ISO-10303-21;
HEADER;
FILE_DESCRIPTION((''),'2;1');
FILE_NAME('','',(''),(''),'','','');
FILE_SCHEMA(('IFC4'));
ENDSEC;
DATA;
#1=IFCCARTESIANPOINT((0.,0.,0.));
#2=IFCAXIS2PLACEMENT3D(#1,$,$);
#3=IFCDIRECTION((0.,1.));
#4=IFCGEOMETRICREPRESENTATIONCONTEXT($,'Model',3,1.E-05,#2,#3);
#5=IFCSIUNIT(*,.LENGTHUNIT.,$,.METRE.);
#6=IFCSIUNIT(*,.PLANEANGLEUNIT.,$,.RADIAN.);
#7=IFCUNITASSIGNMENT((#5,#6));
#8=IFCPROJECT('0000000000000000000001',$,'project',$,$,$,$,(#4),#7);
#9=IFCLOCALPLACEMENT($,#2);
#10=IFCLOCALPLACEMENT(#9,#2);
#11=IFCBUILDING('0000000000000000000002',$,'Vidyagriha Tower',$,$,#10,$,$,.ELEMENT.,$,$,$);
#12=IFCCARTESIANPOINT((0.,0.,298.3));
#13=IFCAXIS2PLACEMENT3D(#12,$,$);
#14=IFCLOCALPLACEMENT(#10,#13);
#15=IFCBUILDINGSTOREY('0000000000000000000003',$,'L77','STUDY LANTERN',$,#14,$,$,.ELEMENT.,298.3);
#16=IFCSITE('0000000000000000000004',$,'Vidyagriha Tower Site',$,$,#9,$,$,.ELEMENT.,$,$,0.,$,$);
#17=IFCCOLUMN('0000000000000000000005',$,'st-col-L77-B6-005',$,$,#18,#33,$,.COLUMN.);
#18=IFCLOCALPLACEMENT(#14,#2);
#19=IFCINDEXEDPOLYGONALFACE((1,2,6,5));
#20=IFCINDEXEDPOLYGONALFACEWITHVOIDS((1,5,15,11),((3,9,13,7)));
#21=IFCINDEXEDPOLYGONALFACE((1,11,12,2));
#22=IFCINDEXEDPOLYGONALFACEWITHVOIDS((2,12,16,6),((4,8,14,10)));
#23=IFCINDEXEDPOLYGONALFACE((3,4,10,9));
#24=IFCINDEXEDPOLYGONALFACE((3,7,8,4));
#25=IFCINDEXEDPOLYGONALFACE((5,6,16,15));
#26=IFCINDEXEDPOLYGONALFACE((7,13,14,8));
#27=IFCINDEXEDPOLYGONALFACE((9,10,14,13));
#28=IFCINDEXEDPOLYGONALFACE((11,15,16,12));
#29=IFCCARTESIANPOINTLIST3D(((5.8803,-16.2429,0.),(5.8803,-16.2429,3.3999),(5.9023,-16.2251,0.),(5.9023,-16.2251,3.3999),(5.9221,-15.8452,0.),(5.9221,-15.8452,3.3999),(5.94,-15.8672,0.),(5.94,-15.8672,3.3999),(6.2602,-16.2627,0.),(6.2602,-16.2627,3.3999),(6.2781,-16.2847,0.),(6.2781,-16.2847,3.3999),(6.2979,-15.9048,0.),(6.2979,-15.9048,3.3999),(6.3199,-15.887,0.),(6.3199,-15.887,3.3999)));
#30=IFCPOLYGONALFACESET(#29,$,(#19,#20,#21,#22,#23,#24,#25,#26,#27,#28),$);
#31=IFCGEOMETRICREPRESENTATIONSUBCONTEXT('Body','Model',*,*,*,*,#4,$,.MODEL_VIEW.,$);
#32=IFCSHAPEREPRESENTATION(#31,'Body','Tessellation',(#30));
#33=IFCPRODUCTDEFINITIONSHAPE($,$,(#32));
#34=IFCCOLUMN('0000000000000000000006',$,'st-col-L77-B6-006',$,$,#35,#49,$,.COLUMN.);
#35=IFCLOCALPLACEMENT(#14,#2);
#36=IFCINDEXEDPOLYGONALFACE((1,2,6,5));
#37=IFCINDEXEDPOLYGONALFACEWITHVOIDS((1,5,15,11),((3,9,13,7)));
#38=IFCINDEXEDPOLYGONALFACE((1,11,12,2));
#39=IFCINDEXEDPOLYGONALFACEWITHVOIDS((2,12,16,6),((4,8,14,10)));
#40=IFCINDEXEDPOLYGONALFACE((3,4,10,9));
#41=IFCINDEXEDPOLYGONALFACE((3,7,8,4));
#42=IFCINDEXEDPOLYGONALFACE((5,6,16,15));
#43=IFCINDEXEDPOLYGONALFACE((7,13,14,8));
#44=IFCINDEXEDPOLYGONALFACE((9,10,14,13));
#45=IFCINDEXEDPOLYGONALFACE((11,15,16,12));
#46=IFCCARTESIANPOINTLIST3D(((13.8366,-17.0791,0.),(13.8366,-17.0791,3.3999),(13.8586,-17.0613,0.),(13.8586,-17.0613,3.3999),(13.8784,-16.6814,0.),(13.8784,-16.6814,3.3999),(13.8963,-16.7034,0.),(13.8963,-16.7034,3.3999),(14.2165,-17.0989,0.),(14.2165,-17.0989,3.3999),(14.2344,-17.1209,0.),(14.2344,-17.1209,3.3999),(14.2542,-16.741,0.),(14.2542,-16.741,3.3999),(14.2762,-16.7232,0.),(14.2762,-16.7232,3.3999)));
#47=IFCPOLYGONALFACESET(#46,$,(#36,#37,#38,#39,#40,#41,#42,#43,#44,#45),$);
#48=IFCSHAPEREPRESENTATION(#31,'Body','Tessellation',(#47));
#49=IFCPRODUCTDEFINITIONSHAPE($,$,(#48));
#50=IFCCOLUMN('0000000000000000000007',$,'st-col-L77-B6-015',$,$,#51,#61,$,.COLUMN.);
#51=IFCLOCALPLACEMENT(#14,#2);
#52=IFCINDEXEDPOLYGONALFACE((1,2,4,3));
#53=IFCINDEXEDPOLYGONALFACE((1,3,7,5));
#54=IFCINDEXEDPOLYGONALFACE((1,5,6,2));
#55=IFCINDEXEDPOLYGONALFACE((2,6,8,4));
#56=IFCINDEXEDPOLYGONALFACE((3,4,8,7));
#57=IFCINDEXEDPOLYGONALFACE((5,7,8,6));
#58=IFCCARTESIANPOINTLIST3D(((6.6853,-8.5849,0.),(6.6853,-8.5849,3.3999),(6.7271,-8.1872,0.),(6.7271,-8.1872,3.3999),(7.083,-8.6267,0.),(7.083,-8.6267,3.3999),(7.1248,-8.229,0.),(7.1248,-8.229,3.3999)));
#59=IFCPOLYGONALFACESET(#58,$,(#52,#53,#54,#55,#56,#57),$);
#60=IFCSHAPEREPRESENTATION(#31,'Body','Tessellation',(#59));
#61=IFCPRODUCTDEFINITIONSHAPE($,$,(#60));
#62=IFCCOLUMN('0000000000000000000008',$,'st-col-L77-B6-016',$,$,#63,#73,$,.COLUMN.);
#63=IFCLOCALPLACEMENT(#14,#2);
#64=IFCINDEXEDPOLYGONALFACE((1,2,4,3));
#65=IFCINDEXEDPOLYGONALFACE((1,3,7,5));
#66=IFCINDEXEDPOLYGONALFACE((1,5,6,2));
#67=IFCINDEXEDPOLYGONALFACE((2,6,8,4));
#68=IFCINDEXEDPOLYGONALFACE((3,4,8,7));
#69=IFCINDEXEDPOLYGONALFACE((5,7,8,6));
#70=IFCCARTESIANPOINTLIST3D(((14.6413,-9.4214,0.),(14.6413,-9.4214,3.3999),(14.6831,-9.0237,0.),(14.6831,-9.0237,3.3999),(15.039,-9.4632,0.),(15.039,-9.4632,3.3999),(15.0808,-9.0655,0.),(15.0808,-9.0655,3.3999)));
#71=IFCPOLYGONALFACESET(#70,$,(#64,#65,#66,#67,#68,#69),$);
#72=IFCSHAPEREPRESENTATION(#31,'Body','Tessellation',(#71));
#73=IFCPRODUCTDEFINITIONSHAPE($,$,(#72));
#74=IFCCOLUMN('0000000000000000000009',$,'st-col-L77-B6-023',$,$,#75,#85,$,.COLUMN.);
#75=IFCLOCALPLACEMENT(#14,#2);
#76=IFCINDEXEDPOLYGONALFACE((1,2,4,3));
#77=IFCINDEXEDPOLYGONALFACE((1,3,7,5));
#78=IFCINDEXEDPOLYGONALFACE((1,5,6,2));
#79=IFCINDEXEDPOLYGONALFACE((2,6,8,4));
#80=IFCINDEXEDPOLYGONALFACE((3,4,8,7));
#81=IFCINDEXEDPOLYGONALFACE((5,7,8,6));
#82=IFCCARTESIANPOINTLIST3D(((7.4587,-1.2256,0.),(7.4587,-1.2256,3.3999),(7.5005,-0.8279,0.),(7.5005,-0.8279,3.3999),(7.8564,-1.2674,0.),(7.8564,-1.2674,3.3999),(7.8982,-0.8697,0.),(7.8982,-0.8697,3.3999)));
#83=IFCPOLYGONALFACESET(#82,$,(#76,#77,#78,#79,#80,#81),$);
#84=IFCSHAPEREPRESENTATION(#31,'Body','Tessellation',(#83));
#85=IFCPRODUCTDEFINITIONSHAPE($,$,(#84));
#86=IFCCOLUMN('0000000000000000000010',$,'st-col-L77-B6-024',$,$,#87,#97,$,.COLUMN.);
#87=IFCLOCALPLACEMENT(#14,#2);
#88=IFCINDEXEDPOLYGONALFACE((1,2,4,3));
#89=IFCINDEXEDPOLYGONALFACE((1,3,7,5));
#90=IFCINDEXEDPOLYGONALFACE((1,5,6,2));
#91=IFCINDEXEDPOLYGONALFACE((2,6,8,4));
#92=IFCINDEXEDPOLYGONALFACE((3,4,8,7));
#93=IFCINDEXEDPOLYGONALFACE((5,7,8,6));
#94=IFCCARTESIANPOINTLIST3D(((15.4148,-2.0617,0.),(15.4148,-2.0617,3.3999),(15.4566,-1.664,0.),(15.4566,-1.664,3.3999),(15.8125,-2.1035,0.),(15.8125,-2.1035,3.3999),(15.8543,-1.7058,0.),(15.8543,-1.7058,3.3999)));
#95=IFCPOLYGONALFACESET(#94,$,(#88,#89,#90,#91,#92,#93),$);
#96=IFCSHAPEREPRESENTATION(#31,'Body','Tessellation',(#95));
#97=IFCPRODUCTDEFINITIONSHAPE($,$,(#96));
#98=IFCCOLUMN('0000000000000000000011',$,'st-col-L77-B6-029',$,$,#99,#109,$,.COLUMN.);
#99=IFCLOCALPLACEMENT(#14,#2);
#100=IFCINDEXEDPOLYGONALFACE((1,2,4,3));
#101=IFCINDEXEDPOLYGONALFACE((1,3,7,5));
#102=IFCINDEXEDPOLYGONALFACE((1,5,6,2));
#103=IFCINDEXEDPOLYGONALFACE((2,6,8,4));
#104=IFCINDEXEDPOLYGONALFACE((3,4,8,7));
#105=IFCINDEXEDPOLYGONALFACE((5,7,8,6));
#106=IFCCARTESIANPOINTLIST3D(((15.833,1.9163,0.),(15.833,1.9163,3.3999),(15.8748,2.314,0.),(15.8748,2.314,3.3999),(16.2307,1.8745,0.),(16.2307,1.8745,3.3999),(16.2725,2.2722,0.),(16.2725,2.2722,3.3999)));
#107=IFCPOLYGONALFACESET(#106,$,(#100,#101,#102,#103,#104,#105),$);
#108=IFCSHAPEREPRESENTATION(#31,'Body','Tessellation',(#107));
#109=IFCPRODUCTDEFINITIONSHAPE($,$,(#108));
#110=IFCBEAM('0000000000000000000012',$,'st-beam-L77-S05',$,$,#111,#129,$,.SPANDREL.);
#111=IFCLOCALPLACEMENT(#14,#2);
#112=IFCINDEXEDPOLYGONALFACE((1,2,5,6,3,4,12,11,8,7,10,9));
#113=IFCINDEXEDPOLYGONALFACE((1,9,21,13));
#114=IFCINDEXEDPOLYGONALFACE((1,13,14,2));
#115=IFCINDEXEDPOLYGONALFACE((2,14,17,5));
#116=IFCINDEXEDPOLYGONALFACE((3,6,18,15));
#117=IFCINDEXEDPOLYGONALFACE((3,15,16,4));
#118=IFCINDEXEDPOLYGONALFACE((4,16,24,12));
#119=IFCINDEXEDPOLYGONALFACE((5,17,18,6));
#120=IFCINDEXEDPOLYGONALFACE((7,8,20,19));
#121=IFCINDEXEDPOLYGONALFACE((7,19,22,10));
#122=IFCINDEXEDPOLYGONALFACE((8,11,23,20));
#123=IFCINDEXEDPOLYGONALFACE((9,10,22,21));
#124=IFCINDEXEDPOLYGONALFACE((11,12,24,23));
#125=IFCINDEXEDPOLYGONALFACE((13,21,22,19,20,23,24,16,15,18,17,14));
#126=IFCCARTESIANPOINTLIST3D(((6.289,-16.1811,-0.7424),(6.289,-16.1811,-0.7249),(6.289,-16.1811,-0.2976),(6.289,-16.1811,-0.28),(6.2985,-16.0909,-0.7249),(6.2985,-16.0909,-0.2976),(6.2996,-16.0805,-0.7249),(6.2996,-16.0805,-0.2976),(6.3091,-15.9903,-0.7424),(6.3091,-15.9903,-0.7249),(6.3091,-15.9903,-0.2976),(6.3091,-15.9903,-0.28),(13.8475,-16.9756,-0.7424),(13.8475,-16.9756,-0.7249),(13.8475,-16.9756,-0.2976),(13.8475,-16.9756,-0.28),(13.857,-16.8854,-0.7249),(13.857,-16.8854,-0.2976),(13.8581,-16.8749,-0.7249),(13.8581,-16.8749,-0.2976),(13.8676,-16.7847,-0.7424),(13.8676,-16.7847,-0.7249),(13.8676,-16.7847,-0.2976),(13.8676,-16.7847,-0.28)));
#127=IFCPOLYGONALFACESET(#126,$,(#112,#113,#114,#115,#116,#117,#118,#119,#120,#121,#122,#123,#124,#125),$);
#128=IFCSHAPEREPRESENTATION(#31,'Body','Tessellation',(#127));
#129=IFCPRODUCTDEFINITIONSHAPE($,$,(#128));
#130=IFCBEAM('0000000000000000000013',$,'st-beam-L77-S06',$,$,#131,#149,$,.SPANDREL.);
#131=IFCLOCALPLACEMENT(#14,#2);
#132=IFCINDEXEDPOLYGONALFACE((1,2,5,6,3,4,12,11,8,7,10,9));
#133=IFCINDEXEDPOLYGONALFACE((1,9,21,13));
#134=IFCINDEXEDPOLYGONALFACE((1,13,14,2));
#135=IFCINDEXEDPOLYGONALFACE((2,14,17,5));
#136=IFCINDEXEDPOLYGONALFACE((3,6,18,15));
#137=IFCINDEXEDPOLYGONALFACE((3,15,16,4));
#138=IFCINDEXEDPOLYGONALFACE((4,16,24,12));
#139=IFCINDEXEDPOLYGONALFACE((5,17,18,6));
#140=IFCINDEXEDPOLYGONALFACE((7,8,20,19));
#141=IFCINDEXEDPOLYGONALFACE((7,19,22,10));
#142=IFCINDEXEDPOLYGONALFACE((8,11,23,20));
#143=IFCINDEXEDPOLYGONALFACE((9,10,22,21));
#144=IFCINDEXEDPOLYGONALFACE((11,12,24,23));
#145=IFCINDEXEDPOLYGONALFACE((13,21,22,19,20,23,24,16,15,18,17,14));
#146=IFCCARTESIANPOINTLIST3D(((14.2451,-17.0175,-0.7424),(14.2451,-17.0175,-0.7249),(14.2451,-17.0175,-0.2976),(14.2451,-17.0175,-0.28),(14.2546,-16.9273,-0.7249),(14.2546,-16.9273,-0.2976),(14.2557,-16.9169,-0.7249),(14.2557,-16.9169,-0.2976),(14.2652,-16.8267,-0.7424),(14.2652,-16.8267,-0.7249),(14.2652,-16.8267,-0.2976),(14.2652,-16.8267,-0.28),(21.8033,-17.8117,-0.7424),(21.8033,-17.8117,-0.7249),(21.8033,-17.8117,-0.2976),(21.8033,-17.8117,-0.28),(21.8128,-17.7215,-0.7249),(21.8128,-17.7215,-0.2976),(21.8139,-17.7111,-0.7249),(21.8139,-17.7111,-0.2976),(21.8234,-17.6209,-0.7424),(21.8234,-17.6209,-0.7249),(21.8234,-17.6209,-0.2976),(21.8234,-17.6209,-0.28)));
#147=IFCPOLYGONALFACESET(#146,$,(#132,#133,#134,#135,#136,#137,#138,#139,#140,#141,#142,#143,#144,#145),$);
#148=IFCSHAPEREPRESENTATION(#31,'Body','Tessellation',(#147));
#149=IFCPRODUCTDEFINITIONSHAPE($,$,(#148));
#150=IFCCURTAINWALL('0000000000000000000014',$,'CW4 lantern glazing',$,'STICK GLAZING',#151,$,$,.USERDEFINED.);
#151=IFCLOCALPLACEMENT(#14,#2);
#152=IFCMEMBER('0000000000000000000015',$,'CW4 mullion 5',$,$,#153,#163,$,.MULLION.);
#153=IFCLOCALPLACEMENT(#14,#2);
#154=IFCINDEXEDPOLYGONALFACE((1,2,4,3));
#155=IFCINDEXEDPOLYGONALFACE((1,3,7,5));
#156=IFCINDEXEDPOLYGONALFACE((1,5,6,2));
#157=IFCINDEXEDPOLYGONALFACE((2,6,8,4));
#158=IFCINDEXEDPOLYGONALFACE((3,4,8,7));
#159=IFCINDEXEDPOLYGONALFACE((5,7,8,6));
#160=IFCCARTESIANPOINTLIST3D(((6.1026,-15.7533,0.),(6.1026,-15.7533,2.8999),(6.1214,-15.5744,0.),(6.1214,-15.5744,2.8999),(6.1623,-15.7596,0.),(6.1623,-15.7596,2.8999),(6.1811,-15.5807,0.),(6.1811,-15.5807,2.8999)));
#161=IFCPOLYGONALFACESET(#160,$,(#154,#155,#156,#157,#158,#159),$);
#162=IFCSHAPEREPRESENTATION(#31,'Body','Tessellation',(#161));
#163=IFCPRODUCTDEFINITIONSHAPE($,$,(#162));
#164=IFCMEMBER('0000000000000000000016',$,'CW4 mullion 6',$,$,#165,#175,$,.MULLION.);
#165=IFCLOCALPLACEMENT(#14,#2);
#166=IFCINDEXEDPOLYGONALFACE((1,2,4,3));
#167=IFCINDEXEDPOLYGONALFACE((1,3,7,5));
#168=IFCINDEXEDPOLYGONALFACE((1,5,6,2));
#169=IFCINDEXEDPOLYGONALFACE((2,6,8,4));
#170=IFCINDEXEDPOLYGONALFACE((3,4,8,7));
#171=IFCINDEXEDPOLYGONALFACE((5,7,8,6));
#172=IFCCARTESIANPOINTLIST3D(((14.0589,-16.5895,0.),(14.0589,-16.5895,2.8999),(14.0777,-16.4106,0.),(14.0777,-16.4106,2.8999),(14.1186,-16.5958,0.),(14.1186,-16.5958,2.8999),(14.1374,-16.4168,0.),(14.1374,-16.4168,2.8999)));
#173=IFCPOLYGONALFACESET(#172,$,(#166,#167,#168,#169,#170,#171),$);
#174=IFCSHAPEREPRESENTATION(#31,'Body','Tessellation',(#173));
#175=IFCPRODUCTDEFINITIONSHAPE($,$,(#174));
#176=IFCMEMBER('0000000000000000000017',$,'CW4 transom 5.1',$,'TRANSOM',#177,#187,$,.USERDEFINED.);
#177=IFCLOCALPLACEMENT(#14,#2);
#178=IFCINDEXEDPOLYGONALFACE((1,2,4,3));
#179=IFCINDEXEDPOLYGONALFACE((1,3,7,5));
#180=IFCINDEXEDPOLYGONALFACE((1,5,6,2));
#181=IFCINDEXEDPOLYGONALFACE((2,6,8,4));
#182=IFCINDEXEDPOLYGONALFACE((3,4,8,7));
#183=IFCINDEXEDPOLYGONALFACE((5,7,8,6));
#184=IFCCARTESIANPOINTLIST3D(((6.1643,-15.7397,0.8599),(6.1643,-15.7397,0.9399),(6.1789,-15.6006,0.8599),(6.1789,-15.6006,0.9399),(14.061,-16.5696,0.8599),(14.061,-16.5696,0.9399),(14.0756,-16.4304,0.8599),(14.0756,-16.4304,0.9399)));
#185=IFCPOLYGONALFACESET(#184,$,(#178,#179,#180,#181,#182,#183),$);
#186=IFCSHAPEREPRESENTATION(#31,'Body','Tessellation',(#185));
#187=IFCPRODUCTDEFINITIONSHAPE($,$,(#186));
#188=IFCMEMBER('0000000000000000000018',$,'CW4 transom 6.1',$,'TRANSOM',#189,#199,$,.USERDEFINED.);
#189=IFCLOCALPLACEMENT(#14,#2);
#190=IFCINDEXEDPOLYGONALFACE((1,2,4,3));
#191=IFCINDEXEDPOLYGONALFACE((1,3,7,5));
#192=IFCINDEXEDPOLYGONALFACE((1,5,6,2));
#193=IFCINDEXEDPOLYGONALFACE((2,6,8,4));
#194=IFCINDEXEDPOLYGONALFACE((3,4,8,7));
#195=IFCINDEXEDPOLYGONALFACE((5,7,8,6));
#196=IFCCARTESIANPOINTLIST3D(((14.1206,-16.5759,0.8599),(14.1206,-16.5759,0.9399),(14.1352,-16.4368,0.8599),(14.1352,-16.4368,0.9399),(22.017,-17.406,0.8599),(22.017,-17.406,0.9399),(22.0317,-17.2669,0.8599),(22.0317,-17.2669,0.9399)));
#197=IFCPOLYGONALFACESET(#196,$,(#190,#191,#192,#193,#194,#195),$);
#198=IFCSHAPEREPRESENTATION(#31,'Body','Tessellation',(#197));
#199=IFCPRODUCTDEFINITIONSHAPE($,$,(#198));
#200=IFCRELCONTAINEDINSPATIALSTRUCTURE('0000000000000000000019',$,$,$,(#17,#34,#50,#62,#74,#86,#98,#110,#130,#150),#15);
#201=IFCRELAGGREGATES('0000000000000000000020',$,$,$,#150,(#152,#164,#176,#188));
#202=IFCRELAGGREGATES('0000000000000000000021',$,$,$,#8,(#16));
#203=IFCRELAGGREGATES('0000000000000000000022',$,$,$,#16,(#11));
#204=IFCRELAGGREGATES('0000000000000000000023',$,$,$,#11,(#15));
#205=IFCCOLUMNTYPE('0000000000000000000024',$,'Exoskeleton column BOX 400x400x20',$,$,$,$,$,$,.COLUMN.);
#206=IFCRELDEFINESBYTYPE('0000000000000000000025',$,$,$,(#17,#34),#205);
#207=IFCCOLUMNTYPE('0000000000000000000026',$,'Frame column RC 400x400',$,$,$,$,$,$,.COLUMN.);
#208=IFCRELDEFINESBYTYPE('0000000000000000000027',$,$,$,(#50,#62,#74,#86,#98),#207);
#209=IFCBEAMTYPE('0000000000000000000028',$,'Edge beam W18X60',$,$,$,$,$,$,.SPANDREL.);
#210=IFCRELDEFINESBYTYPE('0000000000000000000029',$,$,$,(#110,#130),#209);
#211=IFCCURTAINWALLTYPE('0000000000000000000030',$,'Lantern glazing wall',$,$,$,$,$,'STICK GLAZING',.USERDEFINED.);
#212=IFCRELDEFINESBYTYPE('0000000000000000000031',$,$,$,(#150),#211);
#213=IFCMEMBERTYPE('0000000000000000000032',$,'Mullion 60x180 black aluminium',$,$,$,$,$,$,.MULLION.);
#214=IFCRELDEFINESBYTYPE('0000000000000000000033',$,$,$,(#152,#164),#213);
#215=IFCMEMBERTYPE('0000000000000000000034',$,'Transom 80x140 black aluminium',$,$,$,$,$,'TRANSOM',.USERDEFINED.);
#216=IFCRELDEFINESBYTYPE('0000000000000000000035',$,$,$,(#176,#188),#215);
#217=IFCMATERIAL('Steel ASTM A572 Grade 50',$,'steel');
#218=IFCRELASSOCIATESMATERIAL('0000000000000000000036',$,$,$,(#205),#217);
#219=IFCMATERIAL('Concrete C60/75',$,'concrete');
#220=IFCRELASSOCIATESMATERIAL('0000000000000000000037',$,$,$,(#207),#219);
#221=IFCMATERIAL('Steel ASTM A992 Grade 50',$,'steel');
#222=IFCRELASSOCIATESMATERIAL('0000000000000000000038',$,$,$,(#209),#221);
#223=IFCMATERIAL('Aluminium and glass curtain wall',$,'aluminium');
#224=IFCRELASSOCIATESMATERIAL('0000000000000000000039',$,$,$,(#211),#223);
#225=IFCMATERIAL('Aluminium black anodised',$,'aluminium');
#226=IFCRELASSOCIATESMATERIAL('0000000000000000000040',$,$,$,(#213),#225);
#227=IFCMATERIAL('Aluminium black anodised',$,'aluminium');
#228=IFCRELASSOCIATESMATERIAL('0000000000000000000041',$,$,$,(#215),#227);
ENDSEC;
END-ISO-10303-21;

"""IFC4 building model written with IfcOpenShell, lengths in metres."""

from ifc_helpers import new_model, si_unit, direction, frame, origin, origin_2d, place, context, subcontext, project, spatial, rectangle, hollow_rectangle, i_section, extrude, material, material_profile, profile_set, type_object, element, aggregate, save


model = new_model("IFC4")

# Units and contexts
model_context = context("Model", 3, precision=1e-05, world=origin(), true_north=direction((0.0, 1.0)))
body_context = subcontext(model_context, "Body", "Model", "MODEL_VIEW")
ifc_project = project(units=[si_unit("LENGTHUNIT", "METRE"), si_unit("PLANEANGLEUNIT", "RADIAN")], contexts=[model_context])

# Site, building, storey
site_placement = place(None, origin())
site = spatial("IfcSite", under=ifc_project, at=site_placement, Name="Vidyagriha Tower Site", CompositionType="ELEMENT", RefElevation=0.0)
building_placement = place(site_placement, origin())
building = spatial("IfcBuilding", under=site, at=building_placement, Name="Vidyagriha Tower", CompositionType="ELEMENT")
storey_placement = place(building_placement, frame((0.0, 0.0, 298.3)))
storey = spatial("IfcBuildingStorey", under=building, at=storey_placement, Name="L77", Description="STUDY LANTERN", CompositionType="ELEMENT", Elevation=298.3)

# Columns
ifc_material_1 = material(Name="Steel ASTM A572 Grade 50", Category="steel")
ifc_material_profile_1 = material_profile(ifc_material_1, hollow_rectangle(XDim=0.3999, YDim=0.3999, WallThickness=0.02, at=origin_2d()), Name="BOX 400x400x20")
ifc_profile_set_1 = profile_set([ifc_material_profile_1], Name="Steel ASTM A572 Grade 50")
column_type_1 = type_object("IfcColumnType", Name="Exoskeleton column BOX 400x400x20", PredefinedType="COLUMN", material=ifc_profile_set_1)
for number, where, z_axis, x_axis, name in (
    (1, (6.1001, -16.0649, 0.0), (0.0, 0.0, 1.0), (0.994522, -0.104528, 0.0), "st-col-L77-B6-005"),
    (2, (14.0564, -16.9011, 0.0), (0.0, 0.0, 1.0), (0.994522, -0.104528, 0.0), "st-col-L77-B6-006"),
):
    element("IfcColumn", number, at=place(storey_placement, frame(where, z_axis=z_axis, x_axis=x_axis)), inside=storey, type_object=column_type_1, Name=name, PredefinedType="COLUMN", context=body_context, shape_type="SweptSolid", body=[
        extrude(hollow_rectangle(XDim=0.3999, YDim=0.3999, WallThickness=0.02, at=origin_2d()), origin(), (0.0, 0.0, 1.0), 3.3999),
    ])
ifc_material_2 = material(Name="Concrete C60/75", Category="concrete")
ifc_material_profile_2 = material_profile(ifc_material_2, rectangle(XDim=0.3999, YDim=0.3999, at=origin_2d()), Name="RC 400x400")
ifc_profile_set_2 = profile_set([ifc_material_profile_2], Name="Concrete C60/75")
column_type_2 = type_object("IfcColumnType", Name="Frame column RC 400x400", PredefinedType="COLUMN", material=ifc_profile_set_2)
for number, where, z_axis, x_axis, name in (
    (3, (6.905, -8.407, 0.0), (0.0, 0.0, 1.0), (0.994522, -0.104528, 0.0), "st-col-L77-B6-015"),
    (4, (14.8611, -9.2434, 0.0), (0.0, 0.0, 1.0), (0.994522, -0.104528, 0.0), "st-col-L77-B6-016"),
    (5, (7.6785, -1.0476, 0.0), (0.0, 0.0, 1.0), (0.994522, -0.104528, 0.0), "st-col-L77-B6-023"),
    (6, (15.6345, -1.8838, 0.0), (0.0, 0.0, 1.0), (0.994522, -0.104528, 0.0), "st-col-L77-B6-024"),
    (7, (16.0527, 2.0942, 0.0), (0.0, 0.0, 1.0), (0.994522, -0.104528, 0.0), "st-col-L77-B6-029"),
):
    element("IfcColumn", number, at=place(storey_placement, frame(where, z_axis=z_axis, x_axis=x_axis)), inside=storey, type_object=column_type_2, Name=name, PredefinedType="COLUMN", context=body_context, shape_type="SweptSolid", body=[
        extrude(rectangle(XDim=0.3999, YDim=0.3999, at=origin_2d()), origin(), (0.0, 0.0, 1.0), 3.3999),
    ])

# Beams
ifc_material_3 = material(Name="Steel ASTM A992 Grade 50", Category="steel")
ifc_material_profile_3 = material_profile(ifc_material_3, i_section(OverallWidth=0.1919, OverallDepth=0.4624, WebThickness=0.0105, FlangeThickness=0.0176, at=origin_2d()), Name="W18X60")
ifc_profile_set_3 = profile_set([ifc_material_profile_3], Name="Steel ASTM A992 Grade 50")
beam_type = type_object("IfcBeamType", Name="Edge beam W18X60", PredefinedType="SPANDREL", material=ifc_profile_set_3)
beam_1_placement = place(storey_placement, frame((6.2991, -16.0857, -0.5112), z_axis=(0.994522, -0.104531, 0.0), x_axis=(0.104531, 0.994522, 0.0)))
element("IfcBeam", 8, at=beam_1_placement, inside=storey, type_object=beam_type, Name="st-beam-L77-S05", PredefinedType="SPANDREL", context=body_context, shape_type="SweptSolid", body=[
    extrude(i_section(OverallWidth=0.1919, OverallDepth=0.4624, WebThickness=0.0105, FlangeThickness=0.0176, at=origin_2d()), origin(), (0.0, 0.0, 1.0), 7.6001),
])
beam_2_placement = place(storey_placement, frame((14.2551, -16.9221, -0.5112), z_axis=(0.994525, -0.104499, 0.0), x_axis=(0.104499, 0.994525, 0.0)))
element("IfcBeam", 9, at=beam_2_placement, inside=storey, type_object=beam_type, Name="st-beam-L77-S06", PredefinedType="SPANDREL", context=body_context, shape_type="SweptSolid", body=[
    extrude(i_section(OverallWidth=0.1919, OverallDepth=0.4624, WebThickness=0.0105, FlangeThickness=0.0176, at=origin_2d()), origin(), (0.0, 0.0, 1.0), 7.5999),
])

# Curtain wall, members
ifc_material_4 = material(Name="Aluminium and glass curtain wall", Category="aluminium")
curtain_wall_type = type_object("IfcCurtainWallType", Name="Lantern glazing wall", ElementType="STICK GLAZING", PredefinedType="USERDEFINED", material=ifc_material_4)
curtain_wall_placement = place(storey_placement, origin())
curtain_wall = element("IfcCurtainWall", 10, at=curtain_wall_placement, inside=storey, type_object=curtain_wall_type, Name="CW4 lantern glazing", ObjectType="STICK GLAZING", PredefinedType="USERDEFINED")
ifc_material_5 = material(Name="Aluminium black anodised", Category="aluminium")
ifc_material_profile_4 = material_profile(ifc_material_5, rectangle(XDim=0.1799, YDim=0.0601, at=origin_2d()), Name="Mullion 60x180 black aluminium")
ifc_profile_set_4 = profile_set([ifc_material_profile_4], Name="Aluminium black anodised")
member_type_1 = type_object("IfcMemberType", Name="Mullion 60x180 black aluminium", PredefinedType="MULLION", material=ifc_profile_set_4)
member_1_placement = place(storey_placement, frame((6.1418, -15.667, 0.0), z_axis=(0.0, 0.0, 1.0), x_axis=(0.104528, 0.994522, 0.0)))
member_1 = element("IfcMember", 11, at=member_1_placement, type_object=member_type_1, Name="CW4 mullion 5", PredefinedType="MULLION", context=body_context, shape_type="SweptSolid", body=[
    extrude(rectangle(XDim=0.1799, YDim=0.0601, at=origin_2d()), origin(), (0.0, 0.0, 1.0), 2.8999),
])
member_2_placement = place(storey_placement, frame((14.0981, -16.5032, 0.0), z_axis=(0.0, 0.0, 1.0), x_axis=(0.104528, 0.994522, 0.0)))
member_2 = element("IfcMember", 12, at=member_2_placement, type_object=member_type_1, Name="CW4 mullion 6", PredefinedType="MULLION", context=body_context, shape_type="SweptSolid", body=[
    extrude(rectangle(XDim=0.1799, YDim=0.0601, at=origin_2d()), origin(), (0.0, 0.0, 1.0), 2.8999),
])
ifc_material_6 = material(Name="Aluminium black anodised", Category="aluminium")
ifc_material_profile_5 = material_profile(ifc_material_6, rectangle(XDim=0.1399, YDim=0.0801, at=origin_2d()), Name="Transom 80x140 black aluminium")
ifc_profile_set_5 = profile_set([ifc_material_profile_5], Name="Aluminium black anodised")
member_type_2 = type_object("IfcMemberType", Name="Transom 80x140 black aluminium", ElementType="TRANSOM", PredefinedType="USERDEFINED", material=ifc_profile_set_5)
member_3_placement = place(storey_placement, frame((6.1716, -15.6702, 0.8999), z_axis=(0.994524, -0.10451, 0.0), x_axis=(0.10451, 0.994524, 0.0)))
member_3 = element("IfcMember", 13, at=member_3_placement, type_object=member_type_2, Name="CW4 transom 5.1", ObjectType="TRANSOM", PredefinedType="USERDEFINED", context=body_context, shape_type="SweptSolid", body=[
    extrude(rectangle(XDim=0.1399, YDim=0.0801, at=origin_2d()), origin(), (0.0, 0.0, 1.0), 7.9402),
])
member_4_placement = place(storey_placement, frame((14.1279, -16.5063, 0.8999), z_axis=(0.99452, -0.104544, 0.0), x_axis=(0.104544, 0.99452, 0.0)))
member_4 = element("IfcMember", 14, at=member_4_placement, type_object=member_type_2, Name="CW4 transom 6.1", ObjectType="TRANSOM", PredefinedType="USERDEFINED", context=body_context, shape_type="SweptSolid", body=[
    extrude(rectangle(XDim=0.1399, YDim=0.0801, at=origin_2d()), origin(), (0.0, 0.0, 1.0), 7.9399),
])
aggregate(curtain_wall, [member_1, member_2, member_3, member_4])

save(model, "model.ifc")
